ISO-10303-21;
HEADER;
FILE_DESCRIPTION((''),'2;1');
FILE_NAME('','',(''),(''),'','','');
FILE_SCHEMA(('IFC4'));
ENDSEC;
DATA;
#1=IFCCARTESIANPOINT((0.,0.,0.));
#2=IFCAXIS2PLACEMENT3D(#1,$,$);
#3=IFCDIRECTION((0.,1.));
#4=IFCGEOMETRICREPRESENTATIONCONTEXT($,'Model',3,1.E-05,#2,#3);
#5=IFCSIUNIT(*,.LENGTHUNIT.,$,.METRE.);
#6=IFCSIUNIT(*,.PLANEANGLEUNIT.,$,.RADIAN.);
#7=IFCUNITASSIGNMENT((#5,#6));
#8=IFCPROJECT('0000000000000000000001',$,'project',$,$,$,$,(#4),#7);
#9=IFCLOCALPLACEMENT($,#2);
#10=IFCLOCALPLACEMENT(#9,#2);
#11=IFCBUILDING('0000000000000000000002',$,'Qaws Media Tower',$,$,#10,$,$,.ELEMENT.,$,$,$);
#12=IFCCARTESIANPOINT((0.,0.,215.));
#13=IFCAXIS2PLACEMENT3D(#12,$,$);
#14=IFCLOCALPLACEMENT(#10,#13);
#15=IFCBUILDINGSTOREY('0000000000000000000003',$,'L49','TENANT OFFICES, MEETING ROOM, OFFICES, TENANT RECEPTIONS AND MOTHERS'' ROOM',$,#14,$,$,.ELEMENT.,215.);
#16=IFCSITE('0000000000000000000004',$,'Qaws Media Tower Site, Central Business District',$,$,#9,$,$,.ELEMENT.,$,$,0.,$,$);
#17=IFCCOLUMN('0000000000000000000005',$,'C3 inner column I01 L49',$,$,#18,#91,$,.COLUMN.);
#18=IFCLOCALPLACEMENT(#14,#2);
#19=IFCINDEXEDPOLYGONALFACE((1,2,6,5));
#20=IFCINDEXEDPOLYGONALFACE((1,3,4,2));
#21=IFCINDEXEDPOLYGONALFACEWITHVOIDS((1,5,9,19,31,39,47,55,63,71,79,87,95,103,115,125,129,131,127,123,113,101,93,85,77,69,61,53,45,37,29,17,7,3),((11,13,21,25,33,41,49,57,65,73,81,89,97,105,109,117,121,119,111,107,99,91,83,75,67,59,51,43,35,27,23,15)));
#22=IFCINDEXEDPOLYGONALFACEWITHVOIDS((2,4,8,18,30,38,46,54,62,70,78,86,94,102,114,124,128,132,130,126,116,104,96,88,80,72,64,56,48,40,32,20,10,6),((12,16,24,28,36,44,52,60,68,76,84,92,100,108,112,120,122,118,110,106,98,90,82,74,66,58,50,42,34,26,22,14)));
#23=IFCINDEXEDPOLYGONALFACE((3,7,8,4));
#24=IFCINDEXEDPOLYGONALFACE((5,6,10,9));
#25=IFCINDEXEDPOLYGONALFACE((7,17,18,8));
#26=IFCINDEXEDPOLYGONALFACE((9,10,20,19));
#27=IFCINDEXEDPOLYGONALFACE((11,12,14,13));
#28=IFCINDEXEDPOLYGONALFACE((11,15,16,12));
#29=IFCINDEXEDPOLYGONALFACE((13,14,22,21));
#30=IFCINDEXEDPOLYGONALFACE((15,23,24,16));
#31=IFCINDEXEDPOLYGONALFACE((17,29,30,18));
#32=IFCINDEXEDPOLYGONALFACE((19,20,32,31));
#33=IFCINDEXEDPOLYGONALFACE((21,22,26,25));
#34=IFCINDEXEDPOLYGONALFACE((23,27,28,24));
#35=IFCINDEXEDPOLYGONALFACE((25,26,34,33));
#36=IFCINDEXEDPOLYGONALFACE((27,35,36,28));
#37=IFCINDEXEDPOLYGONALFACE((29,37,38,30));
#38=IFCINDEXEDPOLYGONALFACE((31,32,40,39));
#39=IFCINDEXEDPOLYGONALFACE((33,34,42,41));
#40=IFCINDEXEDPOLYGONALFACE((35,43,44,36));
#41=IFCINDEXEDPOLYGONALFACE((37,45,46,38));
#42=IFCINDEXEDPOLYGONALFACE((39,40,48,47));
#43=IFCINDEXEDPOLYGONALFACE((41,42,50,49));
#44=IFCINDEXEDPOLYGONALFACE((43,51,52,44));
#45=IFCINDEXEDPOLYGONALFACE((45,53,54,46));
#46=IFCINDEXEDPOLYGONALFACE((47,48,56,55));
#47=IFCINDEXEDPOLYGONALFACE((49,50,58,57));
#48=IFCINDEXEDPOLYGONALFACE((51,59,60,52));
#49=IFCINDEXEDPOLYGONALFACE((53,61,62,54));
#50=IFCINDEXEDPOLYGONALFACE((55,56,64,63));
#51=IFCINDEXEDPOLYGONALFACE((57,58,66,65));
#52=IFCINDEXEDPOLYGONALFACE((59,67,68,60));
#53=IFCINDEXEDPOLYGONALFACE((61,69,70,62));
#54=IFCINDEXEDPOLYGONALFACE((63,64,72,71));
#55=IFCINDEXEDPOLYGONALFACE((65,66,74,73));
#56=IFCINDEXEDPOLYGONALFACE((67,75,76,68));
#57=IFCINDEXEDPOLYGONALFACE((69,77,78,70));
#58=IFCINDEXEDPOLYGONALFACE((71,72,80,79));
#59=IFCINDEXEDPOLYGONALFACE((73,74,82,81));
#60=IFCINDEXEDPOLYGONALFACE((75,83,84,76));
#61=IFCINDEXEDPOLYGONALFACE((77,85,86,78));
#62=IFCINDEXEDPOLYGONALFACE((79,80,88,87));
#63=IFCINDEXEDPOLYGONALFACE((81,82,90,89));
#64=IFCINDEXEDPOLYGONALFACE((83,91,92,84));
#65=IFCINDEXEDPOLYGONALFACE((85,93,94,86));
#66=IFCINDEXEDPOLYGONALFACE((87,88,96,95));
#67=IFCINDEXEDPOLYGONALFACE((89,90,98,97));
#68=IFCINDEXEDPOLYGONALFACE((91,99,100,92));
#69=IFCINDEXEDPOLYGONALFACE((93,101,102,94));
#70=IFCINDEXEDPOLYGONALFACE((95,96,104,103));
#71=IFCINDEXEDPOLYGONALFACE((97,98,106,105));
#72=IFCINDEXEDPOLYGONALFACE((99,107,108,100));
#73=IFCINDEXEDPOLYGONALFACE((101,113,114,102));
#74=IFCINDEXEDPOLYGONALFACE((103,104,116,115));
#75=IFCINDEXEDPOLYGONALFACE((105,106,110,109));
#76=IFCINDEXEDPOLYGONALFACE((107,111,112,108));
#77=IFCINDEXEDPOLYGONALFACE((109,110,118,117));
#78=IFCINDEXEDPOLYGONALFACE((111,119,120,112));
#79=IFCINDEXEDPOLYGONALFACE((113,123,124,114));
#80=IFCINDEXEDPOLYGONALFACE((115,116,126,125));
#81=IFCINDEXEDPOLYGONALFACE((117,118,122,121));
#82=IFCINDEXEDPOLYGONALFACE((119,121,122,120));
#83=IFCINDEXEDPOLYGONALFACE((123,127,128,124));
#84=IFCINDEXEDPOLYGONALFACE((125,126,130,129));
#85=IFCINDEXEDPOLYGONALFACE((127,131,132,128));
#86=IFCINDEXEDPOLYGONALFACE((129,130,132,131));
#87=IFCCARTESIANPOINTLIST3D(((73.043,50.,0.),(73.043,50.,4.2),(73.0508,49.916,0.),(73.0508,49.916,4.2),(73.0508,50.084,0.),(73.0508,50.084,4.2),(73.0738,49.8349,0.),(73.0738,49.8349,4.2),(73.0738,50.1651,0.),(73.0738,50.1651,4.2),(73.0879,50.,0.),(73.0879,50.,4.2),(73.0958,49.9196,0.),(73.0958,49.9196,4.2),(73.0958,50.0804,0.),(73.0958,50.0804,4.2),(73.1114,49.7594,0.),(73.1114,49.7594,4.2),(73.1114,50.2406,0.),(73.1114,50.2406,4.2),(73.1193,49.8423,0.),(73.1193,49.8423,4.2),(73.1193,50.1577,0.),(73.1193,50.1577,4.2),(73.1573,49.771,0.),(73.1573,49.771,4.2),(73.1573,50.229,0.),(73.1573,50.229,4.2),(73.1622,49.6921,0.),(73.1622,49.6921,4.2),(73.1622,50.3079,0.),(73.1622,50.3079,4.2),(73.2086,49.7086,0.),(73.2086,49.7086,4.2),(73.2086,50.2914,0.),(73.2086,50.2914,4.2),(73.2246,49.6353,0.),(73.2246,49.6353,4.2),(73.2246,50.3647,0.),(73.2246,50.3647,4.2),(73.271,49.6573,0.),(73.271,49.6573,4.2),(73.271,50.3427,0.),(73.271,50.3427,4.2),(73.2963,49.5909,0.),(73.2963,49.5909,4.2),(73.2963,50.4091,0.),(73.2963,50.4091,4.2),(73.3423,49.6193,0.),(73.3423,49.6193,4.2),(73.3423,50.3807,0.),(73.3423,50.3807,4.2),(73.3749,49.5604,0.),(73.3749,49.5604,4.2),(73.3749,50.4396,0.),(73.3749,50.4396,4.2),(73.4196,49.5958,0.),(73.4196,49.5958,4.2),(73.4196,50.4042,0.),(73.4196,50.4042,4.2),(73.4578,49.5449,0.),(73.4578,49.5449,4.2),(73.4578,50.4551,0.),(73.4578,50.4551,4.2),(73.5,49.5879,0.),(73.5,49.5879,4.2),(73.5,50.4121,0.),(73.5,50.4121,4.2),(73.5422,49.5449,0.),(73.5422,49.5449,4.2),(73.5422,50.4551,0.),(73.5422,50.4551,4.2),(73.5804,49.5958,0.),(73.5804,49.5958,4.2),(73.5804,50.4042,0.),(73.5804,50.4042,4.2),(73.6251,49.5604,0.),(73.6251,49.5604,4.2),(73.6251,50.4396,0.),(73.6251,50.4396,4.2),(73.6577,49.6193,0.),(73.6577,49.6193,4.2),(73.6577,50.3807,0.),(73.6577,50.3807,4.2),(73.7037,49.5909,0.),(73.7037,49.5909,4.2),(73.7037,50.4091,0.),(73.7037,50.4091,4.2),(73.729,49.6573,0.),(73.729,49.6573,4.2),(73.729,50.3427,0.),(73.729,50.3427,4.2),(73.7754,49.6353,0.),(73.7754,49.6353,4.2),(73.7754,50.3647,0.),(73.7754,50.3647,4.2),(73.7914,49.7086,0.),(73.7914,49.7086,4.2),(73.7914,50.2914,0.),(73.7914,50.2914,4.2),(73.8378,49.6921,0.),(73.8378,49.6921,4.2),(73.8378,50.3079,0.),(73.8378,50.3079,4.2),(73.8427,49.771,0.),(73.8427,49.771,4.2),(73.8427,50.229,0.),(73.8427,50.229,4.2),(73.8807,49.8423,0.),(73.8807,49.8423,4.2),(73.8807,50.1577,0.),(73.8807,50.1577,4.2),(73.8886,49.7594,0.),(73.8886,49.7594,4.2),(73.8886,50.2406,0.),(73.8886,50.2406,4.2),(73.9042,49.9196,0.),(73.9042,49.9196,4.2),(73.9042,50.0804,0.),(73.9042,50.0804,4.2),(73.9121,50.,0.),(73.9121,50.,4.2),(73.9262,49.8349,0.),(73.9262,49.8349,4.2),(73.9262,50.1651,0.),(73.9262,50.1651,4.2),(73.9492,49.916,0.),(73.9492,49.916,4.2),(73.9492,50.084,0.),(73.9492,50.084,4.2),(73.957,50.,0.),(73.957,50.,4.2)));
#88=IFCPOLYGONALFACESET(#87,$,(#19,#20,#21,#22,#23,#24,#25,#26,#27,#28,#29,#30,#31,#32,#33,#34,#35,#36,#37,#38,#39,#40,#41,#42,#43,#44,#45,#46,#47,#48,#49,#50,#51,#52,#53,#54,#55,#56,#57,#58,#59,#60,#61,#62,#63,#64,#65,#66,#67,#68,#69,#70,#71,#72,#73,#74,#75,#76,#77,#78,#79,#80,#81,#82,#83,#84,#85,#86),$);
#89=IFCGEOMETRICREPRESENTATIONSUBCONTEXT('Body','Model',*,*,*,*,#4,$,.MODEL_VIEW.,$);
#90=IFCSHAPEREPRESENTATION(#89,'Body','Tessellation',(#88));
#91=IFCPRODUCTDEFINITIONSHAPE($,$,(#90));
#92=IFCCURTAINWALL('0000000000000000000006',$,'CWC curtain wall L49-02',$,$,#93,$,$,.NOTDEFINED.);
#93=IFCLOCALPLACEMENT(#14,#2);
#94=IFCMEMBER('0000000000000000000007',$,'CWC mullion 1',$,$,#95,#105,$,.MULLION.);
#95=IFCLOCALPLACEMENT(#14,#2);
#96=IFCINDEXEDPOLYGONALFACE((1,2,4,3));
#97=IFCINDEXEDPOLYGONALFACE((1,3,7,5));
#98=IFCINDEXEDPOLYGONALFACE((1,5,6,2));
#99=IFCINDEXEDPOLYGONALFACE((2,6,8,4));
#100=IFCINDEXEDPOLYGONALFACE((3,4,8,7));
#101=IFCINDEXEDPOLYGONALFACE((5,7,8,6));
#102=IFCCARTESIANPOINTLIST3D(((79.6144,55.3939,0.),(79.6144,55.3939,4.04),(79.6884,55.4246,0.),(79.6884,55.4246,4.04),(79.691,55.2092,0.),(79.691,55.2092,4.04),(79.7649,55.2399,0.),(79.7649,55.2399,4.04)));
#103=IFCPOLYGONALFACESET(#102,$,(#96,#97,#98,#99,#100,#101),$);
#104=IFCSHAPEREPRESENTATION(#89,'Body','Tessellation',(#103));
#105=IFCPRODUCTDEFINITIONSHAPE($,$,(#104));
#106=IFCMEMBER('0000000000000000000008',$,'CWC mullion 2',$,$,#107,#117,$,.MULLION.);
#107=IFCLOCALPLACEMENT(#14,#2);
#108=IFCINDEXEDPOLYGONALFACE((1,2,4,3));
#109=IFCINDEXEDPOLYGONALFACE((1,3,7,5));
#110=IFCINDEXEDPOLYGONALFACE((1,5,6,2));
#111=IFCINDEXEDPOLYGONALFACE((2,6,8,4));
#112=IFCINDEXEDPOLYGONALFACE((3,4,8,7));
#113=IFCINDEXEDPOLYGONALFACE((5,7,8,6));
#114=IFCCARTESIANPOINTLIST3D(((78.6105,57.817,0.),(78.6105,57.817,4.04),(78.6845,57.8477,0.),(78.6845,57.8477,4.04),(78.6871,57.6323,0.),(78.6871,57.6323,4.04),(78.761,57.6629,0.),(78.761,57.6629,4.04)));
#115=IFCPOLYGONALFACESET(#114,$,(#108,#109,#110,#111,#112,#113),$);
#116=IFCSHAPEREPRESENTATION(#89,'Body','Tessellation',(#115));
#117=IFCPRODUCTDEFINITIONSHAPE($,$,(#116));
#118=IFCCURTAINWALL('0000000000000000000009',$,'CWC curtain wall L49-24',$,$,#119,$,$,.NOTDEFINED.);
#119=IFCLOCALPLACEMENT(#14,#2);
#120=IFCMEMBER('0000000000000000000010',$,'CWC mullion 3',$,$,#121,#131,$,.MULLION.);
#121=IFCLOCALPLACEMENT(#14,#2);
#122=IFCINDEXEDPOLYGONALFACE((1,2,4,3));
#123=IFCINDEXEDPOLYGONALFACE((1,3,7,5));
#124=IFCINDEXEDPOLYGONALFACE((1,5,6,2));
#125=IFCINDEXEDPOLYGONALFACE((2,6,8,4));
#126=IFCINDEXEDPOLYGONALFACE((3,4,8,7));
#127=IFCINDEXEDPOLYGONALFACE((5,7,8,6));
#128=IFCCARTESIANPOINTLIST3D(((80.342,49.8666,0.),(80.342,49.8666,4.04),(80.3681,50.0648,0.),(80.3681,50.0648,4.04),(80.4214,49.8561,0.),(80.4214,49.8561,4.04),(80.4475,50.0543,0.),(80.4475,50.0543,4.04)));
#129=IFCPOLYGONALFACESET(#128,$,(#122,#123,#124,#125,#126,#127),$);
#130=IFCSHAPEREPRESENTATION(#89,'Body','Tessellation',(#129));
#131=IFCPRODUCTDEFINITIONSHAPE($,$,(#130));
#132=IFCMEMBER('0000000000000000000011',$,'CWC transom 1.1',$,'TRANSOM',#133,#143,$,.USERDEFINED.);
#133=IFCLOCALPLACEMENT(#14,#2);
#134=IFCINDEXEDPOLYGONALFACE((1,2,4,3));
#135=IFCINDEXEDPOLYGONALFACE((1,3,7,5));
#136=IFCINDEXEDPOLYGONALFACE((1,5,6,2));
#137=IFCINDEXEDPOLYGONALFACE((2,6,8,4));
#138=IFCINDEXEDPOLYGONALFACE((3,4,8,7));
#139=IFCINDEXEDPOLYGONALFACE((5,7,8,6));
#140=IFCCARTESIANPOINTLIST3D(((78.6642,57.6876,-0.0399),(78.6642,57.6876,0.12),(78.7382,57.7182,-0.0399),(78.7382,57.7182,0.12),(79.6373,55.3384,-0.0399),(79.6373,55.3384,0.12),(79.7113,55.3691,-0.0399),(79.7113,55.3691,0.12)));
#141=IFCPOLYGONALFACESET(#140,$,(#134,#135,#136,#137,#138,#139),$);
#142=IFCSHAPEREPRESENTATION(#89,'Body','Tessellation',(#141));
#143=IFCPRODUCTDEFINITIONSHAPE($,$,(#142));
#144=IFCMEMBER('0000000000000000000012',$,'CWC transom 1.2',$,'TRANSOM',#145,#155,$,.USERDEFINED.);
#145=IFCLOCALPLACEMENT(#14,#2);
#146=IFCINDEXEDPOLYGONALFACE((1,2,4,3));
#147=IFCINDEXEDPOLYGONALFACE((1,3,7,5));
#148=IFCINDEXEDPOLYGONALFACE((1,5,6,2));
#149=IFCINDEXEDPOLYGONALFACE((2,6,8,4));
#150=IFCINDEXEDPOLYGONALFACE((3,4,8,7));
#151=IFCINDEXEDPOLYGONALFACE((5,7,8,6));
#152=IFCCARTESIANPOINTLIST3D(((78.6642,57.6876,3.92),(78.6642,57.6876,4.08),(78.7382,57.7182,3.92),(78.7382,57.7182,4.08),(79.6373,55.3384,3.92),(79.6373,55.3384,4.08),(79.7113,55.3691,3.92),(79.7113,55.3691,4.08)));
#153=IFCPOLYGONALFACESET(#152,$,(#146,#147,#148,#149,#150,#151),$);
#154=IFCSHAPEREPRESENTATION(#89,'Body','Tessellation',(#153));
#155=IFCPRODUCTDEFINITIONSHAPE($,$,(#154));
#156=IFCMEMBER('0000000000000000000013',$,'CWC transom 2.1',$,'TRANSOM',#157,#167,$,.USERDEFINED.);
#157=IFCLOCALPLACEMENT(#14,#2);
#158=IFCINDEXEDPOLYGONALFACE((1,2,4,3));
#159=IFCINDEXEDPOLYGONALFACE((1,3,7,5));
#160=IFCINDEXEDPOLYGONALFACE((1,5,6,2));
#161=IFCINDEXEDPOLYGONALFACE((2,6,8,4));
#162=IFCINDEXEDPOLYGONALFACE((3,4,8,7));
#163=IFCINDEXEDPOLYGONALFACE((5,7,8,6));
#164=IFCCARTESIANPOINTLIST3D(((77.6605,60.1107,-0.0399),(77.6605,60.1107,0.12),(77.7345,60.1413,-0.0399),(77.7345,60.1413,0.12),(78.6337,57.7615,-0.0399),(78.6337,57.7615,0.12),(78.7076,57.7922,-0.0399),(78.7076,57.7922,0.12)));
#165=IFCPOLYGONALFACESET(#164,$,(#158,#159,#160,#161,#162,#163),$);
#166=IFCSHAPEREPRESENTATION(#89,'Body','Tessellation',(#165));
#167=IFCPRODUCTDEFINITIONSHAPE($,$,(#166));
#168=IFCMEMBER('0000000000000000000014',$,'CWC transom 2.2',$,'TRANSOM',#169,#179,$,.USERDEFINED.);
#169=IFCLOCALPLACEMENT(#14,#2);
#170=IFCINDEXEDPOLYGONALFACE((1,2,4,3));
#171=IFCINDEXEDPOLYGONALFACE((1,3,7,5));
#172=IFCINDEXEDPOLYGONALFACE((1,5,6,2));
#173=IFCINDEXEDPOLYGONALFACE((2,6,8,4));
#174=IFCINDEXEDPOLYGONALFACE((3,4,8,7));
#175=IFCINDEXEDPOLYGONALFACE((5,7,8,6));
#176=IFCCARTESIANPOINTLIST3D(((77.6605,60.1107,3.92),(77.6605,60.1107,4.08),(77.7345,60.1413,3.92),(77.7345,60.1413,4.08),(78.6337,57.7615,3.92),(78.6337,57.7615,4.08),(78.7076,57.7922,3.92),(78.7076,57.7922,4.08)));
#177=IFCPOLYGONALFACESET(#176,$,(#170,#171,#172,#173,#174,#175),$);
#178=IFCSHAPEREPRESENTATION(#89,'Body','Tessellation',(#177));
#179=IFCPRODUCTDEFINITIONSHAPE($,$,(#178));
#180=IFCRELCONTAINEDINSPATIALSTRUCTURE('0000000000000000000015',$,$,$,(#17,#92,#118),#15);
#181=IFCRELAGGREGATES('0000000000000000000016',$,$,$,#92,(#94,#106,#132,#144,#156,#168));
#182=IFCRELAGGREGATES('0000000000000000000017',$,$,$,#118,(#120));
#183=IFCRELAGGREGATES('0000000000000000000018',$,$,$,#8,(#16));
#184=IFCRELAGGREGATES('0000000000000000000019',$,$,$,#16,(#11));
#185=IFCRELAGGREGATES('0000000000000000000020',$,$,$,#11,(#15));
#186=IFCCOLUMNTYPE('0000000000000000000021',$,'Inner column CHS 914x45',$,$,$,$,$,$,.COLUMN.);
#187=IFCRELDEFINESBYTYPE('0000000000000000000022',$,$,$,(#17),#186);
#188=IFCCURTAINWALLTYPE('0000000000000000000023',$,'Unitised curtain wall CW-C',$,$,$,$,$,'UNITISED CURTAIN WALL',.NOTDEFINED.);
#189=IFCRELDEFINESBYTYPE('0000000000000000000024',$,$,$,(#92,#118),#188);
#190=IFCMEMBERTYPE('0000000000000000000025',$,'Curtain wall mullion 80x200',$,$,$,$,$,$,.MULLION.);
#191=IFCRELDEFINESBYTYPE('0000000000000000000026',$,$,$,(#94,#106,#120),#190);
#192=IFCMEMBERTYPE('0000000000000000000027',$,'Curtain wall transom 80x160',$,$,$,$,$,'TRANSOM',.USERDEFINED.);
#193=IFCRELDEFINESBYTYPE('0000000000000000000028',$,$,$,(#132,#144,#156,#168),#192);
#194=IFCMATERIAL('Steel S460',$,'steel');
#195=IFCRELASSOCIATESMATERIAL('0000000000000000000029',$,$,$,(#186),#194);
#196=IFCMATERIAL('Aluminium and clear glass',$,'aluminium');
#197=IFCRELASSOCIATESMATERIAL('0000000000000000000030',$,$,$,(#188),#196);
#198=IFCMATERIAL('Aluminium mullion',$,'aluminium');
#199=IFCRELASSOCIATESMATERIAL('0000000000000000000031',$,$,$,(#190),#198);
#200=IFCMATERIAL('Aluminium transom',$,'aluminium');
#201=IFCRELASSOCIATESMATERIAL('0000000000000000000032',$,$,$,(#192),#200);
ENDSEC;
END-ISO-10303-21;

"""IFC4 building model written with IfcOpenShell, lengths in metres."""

from ifc_helpers import new_model, si_unit, direction, frame, origin, origin_2d, place, context, subcontext, project, spatial, rectangle, hollow_circle, extrude, material, material_profile, profile_set, type_object, element, aggregate, save


model = new_model("IFC4")

# Units and contexts
model_context = context("Model", 3, precision=1e-05, world=origin(), true_north=direction((0.0, 1.0)))
body_context = subcontext(model_context, "Body", "Model", "MODEL_VIEW")
ifc_project = project(units=[si_unit("LENGTHUNIT", "METRE"), si_unit("PLANEANGLEUNIT", "RADIAN")], contexts=[model_context])

# Site, building, storey
site_placement = place(None, origin())
site = spatial("IfcSite", under=ifc_project, at=site_placement, Name="Qaws Media Tower Site, Central Business District", CompositionType="ELEMENT", RefElevation=0.0)
building_placement = place(site_placement, origin())
building = spatial("IfcBuilding", under=site, at=building_placement, Name="Qaws Media Tower", CompositionType="ELEMENT")
storey_placement = place(building_placement, frame((0.0, 0.0, 215.0)))
storey = spatial("IfcBuildingStorey", under=building, at=storey_placement, Name="L49", Description="TENANT OFFICES, MEETING ROOM, OFFICES, TENANT RECEPTIONS AND MOTHERS' ROOM", CompositionType="ELEMENT", Elevation=215.0)

# Column
ifc_material_1 = material(Name="Steel S460", Category="steel")
ifc_material_profile_1 = material_profile(ifc_material_1, hollow_circle(Radius=0.457, WallThickness=0.0449, at=origin_2d()), Name="CHS 914x45")
ifc_profile_set_1 = profile_set([ifc_material_profile_1], Name="Steel S460")
column_type = type_object("IfcColumnType", Name="Inner column CHS 914x45", PredefinedType="COLUMN", material=ifc_profile_set_1)
column_placement = place(storey_placement, frame((73.5, 50.0, 0.0), z_axis=(0.0, 0.0, 1.0), x_axis=(1.0, 0.0, 0.0)))
element("IfcColumn", 1, at=column_placement, inside=storey, type_object=column_type, Name="C3 inner column I01 L49", PredefinedType="COLUMN", context=body_context, shape_type="SweptSolid", body=[
    extrude(hollow_circle(Radius=0.457, WallThickness=0.0449, at=origin_2d()), origin(), (0.0, 0.0, 1.0), 4.2),
])

# Curtain wall, members
ifc_material_2 = material(Name="Aluminium and clear glass", Category="aluminium")
curtain_wall_type = type_object("IfcCurtainWallType", Name="Unitised curtain wall CW-C", ElementType="UNITISED CURTAIN WALL", PredefinedType="NOTDEFINED", material=ifc_material_2)
curtain_wall_1_placement = place(storey_placement, origin())
curtain_wall_1 = element("IfcCurtainWall", 2, at=curtain_wall_1_placement, inside=storey, type_object=curtain_wall_type, Name="CWC curtain wall L49-02", PredefinedType="NOTDEFINED")
ifc_material_3 = material(Name="Aluminium mullion", Category="aluminium")
ifc_material_profile_2 = material_profile(ifc_material_3, rectangle(XDim=0.0801, YDim=0.2, at=origin_2d()), Name="80x200")
ifc_profile_set_2 = profile_set([ifc_material_profile_2], Name="Aluminium mullion")
member_type_1 = type_object("IfcMemberType", Name="Curtain wall mullion 80x200", PredefinedType="MULLION", material=ifc_profile_set_2)
member_1_placement = place(storey_placement, frame((79.6897, 55.3169, 0.0), z_axis=(0.0, 0.0, 1.0), x_axis=(-0.923879, -0.382684, 0.0)))
member_1 = element("IfcMember", 3, at=member_1_placement, type_object=member_type_1, Name="CWC mullion 1", PredefinedType="MULLION", context=body_context, shape_type="SweptSolid", body=[
    extrude(rectangle(XDim=0.0801, YDim=0.2, at=origin_2d()), origin(), (0.0, 0.0, 1.0), 4.04),
])
member_2_placement = place(storey_placement, frame((78.6858, 57.74, 0.0), z_axis=(0.0, 0.0, 1.0), x_axis=(-0.923879, -0.382684, 0.0)))
member_2 = element("IfcMember", 4, at=member_2_placement, type_object=member_type_1, Name="CWC mullion 2", PredefinedType="MULLION", context=body_context, shape_type="SweptSolid", body=[
    extrude(rectangle(XDim=0.0801, YDim=0.2, at=origin_2d()), origin(), (0.0, 0.0, 1.0), 4.04),
])

# Curtain wall, member
curtain_wall_2_placement = place(storey_placement, origin())
curtain_wall_2 = element("IfcCurtainWall", 5, at=curtain_wall_2_placement, inside=storey, type_object=curtain_wall_type, Name="CWC curtain wall L49-24", PredefinedType="NOTDEFINED")
member_3_placement = place(storey_placement, frame((80.3948, 49.9604, 0.0), z_axis=(0.0, 0.0, 1.0), x_axis=(-0.991445, 0.130526, 0.0)))
member_3 = element("IfcMember", 6, at=member_3_placement, type_object=member_type_1, Name="CWC mullion 3", PredefinedType="MULLION", context=body_context, shape_type="SweptSolid", body=[
    extrude(rectangle(XDim=0.0801, YDim=0.2, at=origin_2d()), origin(), (0.0, 0.0, 1.0), 4.04),
])

# Members
ifc_material_4 = material(Name="Aluminium transom", Category="aluminium")
ifc_material_profile_3 = material_profile(ifc_material_4, rectangle(XDim=0.0801, YDim=0.1599, at=origin_2d()), Name="80x160")
ifc_profile_set_3 = profile_set([ifc_material_profile_3], Name="Aluminium transom")
member_type_2 = type_object("IfcMemberType", Name="Curtain wall transom 80x160", ElementType="TRANSOM", PredefinedType="USERDEFINED", material=ifc_profile_set_3)
member_4_placement = place(storey_placement, frame((79.6743, 55.3538, 0.04), z_axis=(-0.382719, 0.923865, 0.0), x_axis=(-0.923865, -0.382719, 0.0)))
member_4 = element("IfcMember", 7, at=member_4_placement, type_object=member_type_2, Name="CWC transom 1.1", ObjectType="TRANSOM", PredefinedType="USERDEFINED", context=body_context, shape_type="SweptSolid", body=[
    extrude(rectangle(XDim=0.0801, YDim=0.1599, at=origin_2d()), origin(), (0.0, 0.0, 1.0), 2.5427),
])
member_5_placement = place(storey_placement, frame((79.6743, 55.3538, 4.0), z_axis=(-0.382719, 0.923865, 0.0), x_axis=(-0.923865, -0.382719, 0.0)))
member_5 = element("IfcMember", 8, at=member_5_placement, type_object=member_type_2, Name="CWC transom 1.2", ObjectType="TRANSOM", PredefinedType="USERDEFINED", context=body_context, shape_type="SweptSolid", body=[
    extrude(rectangle(XDim=0.0801, YDim=0.1599, at=origin_2d()), origin(), (0.0, 0.0, 1.0), 2.5427),
])
member_6_placement = place(storey_placement, frame((78.6707, 57.7769, 0.04), z_axis=(-0.382719, 0.923865, 0.0), x_axis=(-0.923865, -0.382719, 0.0)))
member_6 = element("IfcMember", 9, at=member_6_placement, type_object=member_type_2, Name="CWC transom 2.1", ObjectType="TRANSOM", PredefinedType="USERDEFINED", context=body_context, shape_type="SweptSolid", body=[
    extrude(rectangle(XDim=0.0801, YDim=0.1599, at=origin_2d()), origin(), (0.0, 0.0, 1.0), 2.5427),
])
member_7_placement = place(storey_placement, frame((78.6707, 57.7769, 4.0), z_axis=(-0.382719, 0.923865, 0.0), x_axis=(-0.923865, -0.382719, 0.0)))
member_7 = element("IfcMember", 10, at=member_7_placement, type_object=member_type_2, Name="CWC transom 2.2", ObjectType="TRANSOM", PredefinedType="USERDEFINED", context=body_context, shape_type="SweptSolid", body=[
    extrude(rectangle(XDim=0.0801, YDim=0.1599, at=origin_2d()), origin(), (0.0, 0.0, 1.0), 2.5427),
])

aggregate(curtain_wall_1, [member_1, member_2, member_4, member_5, member_6, member_7])
aggregate(curtain_wall_2, [member_3])

save(model, "model.ifc")
